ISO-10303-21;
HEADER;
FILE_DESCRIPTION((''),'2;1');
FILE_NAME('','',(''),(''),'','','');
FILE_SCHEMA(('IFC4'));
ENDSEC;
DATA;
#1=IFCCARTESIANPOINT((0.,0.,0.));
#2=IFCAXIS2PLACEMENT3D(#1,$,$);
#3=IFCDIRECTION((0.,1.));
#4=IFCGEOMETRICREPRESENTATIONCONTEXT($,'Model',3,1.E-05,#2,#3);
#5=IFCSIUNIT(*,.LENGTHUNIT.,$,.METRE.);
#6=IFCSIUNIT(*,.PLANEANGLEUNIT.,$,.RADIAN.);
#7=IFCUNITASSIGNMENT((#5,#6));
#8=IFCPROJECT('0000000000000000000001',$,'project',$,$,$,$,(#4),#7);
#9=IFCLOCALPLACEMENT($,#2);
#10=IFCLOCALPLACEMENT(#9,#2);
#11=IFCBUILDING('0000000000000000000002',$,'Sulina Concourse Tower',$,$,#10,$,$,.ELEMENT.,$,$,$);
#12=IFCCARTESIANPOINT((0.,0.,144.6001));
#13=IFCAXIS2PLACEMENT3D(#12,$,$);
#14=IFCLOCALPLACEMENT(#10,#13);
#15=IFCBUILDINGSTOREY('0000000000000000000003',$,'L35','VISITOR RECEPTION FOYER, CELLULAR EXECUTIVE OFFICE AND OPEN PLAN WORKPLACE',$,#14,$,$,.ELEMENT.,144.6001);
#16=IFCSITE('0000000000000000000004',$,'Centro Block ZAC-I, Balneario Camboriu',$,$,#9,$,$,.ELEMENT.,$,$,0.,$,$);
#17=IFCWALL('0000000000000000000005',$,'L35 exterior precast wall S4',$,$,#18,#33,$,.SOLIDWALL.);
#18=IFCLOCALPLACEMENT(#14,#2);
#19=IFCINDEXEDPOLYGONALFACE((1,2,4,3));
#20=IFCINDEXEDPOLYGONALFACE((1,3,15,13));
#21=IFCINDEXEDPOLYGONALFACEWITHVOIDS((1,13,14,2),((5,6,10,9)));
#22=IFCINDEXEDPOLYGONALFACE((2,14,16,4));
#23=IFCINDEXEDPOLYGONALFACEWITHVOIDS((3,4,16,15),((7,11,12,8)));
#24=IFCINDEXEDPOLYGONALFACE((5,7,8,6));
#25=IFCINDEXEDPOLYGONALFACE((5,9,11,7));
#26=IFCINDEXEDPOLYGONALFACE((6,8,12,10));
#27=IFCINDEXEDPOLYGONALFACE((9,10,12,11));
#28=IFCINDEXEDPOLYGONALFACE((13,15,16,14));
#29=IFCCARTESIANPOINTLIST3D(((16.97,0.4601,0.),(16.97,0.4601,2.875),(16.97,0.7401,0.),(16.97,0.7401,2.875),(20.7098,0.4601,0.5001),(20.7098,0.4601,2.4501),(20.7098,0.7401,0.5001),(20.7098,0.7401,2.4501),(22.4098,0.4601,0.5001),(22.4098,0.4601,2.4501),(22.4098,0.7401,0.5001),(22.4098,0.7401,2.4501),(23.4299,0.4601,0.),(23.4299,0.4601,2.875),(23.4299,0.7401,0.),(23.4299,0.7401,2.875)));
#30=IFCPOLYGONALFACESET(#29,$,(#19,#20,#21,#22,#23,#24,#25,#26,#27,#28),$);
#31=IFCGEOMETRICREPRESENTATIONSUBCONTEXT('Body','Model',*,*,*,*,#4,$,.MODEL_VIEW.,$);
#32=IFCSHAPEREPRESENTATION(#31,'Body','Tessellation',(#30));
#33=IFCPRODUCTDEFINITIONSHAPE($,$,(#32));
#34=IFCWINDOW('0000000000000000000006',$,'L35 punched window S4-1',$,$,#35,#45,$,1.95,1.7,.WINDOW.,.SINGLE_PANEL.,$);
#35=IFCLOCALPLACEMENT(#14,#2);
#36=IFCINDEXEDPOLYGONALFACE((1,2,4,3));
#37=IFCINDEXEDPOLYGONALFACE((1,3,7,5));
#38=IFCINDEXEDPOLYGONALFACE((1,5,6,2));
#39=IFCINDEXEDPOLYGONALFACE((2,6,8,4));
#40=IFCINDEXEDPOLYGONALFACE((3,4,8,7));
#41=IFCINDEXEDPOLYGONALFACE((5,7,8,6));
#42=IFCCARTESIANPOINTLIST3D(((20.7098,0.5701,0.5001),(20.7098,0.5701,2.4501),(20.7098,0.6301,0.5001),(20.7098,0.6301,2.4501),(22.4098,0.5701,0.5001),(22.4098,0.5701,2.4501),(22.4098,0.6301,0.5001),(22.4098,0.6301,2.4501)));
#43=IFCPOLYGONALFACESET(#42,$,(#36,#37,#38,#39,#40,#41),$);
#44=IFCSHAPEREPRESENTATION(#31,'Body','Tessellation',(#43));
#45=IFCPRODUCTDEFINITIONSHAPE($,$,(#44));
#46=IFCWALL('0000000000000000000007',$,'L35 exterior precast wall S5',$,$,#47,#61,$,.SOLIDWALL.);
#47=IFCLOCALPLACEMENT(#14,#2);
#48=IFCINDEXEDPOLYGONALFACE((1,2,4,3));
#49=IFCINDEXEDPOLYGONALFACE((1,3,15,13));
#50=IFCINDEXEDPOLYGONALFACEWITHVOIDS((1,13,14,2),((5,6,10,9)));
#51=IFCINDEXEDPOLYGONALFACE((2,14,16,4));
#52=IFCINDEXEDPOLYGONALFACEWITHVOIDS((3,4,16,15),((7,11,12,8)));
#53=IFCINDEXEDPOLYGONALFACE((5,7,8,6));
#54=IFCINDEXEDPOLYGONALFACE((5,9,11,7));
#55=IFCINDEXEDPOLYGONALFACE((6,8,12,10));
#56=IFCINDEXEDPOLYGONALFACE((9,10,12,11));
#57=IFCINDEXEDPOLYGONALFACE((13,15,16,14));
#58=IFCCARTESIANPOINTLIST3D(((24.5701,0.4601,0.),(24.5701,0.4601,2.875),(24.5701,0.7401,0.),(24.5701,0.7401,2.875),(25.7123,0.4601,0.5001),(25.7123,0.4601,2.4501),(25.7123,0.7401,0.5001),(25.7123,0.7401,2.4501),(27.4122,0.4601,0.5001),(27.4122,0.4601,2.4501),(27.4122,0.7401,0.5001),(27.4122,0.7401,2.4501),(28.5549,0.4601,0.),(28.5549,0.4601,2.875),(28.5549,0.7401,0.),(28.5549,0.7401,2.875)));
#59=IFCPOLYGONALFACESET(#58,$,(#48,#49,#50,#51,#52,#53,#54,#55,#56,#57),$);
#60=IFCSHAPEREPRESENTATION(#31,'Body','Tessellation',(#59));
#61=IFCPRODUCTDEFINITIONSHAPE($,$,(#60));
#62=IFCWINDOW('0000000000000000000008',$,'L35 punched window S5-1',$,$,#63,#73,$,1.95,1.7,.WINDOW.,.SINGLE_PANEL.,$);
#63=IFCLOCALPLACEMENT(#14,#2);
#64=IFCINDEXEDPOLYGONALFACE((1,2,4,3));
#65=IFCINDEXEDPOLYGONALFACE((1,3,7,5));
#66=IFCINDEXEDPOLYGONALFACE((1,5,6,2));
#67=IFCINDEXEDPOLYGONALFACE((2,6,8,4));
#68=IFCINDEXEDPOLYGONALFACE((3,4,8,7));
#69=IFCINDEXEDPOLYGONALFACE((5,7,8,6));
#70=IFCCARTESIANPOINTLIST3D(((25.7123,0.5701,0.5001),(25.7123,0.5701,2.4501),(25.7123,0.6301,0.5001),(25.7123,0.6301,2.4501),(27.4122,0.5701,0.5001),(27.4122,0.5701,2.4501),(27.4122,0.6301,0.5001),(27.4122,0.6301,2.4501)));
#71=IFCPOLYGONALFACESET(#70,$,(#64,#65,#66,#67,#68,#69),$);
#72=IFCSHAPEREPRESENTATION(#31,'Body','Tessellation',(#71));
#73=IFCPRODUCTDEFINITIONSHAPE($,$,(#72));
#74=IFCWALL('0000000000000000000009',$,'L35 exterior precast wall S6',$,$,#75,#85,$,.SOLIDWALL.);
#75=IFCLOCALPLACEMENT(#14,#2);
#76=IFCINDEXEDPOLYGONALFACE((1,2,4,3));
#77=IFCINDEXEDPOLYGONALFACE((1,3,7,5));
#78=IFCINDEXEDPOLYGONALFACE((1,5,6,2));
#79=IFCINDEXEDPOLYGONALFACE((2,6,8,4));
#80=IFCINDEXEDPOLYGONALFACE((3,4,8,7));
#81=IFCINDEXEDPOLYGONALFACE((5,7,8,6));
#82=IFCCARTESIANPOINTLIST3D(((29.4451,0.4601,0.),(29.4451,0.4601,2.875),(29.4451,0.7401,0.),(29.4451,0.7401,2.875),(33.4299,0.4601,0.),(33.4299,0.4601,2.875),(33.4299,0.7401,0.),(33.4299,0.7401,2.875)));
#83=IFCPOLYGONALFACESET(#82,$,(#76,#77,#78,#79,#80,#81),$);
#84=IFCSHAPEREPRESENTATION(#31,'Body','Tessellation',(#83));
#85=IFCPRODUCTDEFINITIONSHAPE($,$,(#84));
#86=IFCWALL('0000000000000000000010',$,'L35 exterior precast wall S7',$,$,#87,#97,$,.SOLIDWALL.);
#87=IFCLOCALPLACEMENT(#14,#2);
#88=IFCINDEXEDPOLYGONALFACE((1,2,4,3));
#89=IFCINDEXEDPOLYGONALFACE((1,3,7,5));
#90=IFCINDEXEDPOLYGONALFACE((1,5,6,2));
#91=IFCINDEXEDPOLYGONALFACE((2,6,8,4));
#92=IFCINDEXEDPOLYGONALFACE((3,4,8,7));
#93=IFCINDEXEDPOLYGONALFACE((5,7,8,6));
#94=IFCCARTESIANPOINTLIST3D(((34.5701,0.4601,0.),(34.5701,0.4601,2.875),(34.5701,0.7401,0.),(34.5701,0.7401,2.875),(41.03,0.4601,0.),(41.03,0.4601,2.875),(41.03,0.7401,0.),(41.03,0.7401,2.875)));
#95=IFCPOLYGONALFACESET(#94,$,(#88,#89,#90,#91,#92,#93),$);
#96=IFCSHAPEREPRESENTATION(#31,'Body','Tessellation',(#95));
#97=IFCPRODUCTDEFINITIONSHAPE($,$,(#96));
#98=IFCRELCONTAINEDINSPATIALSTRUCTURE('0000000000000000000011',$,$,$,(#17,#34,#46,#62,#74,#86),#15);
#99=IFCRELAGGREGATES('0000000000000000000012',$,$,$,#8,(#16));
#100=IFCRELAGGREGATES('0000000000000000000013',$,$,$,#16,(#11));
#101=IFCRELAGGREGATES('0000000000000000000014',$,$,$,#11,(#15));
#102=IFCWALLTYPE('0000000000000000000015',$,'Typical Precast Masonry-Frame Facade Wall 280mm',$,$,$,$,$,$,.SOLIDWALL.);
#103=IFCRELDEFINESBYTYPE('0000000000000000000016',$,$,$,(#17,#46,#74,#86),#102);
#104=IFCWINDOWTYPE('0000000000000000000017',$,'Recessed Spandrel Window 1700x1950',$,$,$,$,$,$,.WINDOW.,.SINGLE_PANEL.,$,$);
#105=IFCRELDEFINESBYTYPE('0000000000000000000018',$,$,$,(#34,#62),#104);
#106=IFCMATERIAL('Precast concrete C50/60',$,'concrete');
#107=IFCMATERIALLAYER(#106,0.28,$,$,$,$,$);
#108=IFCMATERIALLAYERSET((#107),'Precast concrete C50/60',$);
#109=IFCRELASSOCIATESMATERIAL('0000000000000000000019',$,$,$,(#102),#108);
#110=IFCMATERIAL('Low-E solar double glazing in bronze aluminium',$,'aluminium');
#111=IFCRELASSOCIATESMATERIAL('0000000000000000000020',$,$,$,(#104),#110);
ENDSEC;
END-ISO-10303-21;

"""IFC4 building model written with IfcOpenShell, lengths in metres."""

from ifc_helpers import new_model, si_unit, direction, frame, frame_2d, origin, place, context, subcontext, project, spatial, rectangle, extrude, material, layer, layer_set, type_object, element, fill, save


model = new_model("IFC4")

# Units and contexts
model_context = context("Model", 3, precision=1e-05, world=origin(), true_north=direction((0.0, 1.0)))
body_context = subcontext(model_context, "Body", "Model", "MODEL_VIEW")
ifc_project = project(units=[si_unit("LENGTHUNIT", "METRE"), si_unit("PLANEANGLEUNIT", "RADIAN")], contexts=[model_context])

# Site, building, storey
site_placement = place(None, origin())
site = spatial("IfcSite", under=ifc_project, at=site_placement, Name="Centro Block ZAC-I, Balneario Camboriu", CompositionType="ELEMENT", RefElevation=0.0)
building_placement = place(site_placement, origin())
building = spatial("IfcBuilding", under=site, at=building_placement, Name="Sulina Concourse Tower", CompositionType="ELEMENT")
storey_placement = place(building_placement, frame((0.0, 0.0, 144.6001)))
storey = spatial("IfcBuildingStorey", under=building, at=storey_placement, Name="L35", Description="VISITOR RECEPTION FOYER, CELLULAR EXECUTIVE OFFICE AND OPEN PLAN WORKPLACE", CompositionType="ELEMENT", Elevation=144.6001)

# Walls, openings, windows
ifc_material_1 = material(Name="Precast concrete C50/60", Category="concrete")
ifc_layer_1 = layer(ifc_material_1, 0.28)
ifc_layer_set_1 = layer_set([ifc_layer_1], Name="Precast concrete C50/60")
wall_type_1 = type_object("IfcWallType", Name="Typical Precast Masonry-Frame Facade Wall 280mm", PredefinedType="SOLIDWALL", material=ifc_layer_set_1)
wall_1_placement = place(storey_placement, frame((23.4299, 0.6001, 0.0), z_axis=(0.0, 0.0, 1.0), x_axis=(-1.0, 0.0, 0.0)))
wall_1 = element("IfcWall", 1, at=wall_1_placement, inside=storey, type_object=wall_type_1, Name="L35 exterior precast wall S4", PredefinedType="SOLIDWALL", context=body_context, shape_type="SweptSolid", body=[
    extrude(rectangle(XDim=6.46, YDim=0.28, at=frame_2d((3.23, 0.0))), origin(), (0.0, 0.0, 1.0), 2.875),
])
opening_1_placement = place(wall_1_placement, frame((1.02, 0.0, 0.5)))
opening_1 = element("IfcOpeningElement", 2, at=opening_1_placement, cuts=wall_1, PredefinedType="OPENING", context=body_context, shape_type="SweptSolid", body=[
    extrude(rectangle(XDim=1.7, YDim=1.95, at=frame_2d((0.8501, 0.9751))), frame((0.0, 0.1499, 0.0), z_axis=(0.0, -1.0, 0.0), x_axis=(1.0, 0.0, 0.0)), (0.0, 0.0, 1.0), 0.3),
])
ifc_material_2 = material(Name="Low-E solar double glazing in bronze aluminium", Category="aluminium")
window_type = type_object("IfcWindowType", Name="Recessed Spandrel Window 1700x1950", PartitioningType="SINGLE_PANEL", PredefinedType="WINDOW", material=ifc_material_2)
window_1_placement = place(opening_1_placement, origin())
window_1 = element("IfcWindow", 3, at=window_1_placement, inside=storey, type_object=window_type, Name="L35 punched window S4-1", OverallHeight=1.95, OverallWidth=1.7, PartitioningType="SINGLE_PANEL", PredefinedType="WINDOW", context=body_context, shape_type="SweptSolid", body=[
    extrude(rectangle(XDim=1.7, YDim=1.95, at=frame_2d((0.8501, 0.9751))), frame((0.0, 0.03, 0.0), z_axis=(0.0, -1.0, 0.0), x_axis=(1.0, 0.0, 0.0)), (0.0, 0.0, 1.0), 0.0601),
])
fill(opening_1, window_1)
wall_2_placement = place(storey_placement, frame((28.5549, 0.6001, 0.0), z_axis=(0.0, 0.0, 1.0), x_axis=(-1.0, 0.0, 0.0)))
wall_2 = element("IfcWall", 4, at=wall_2_placement, inside=storey, type_object=wall_type_1, Name="L35 exterior precast wall S5", PredefinedType="SOLIDWALL", context=body_context, shape_type="SweptSolid", body=[
    extrude(rectangle(XDim=3.9849, YDim=0.28, at=frame_2d((1.9924, 0.0))), origin(), (0.0, 0.0, 1.0), 2.875),
])
opening_2_placement = place(wall_2_placement, frame((1.1426, 0.0, 0.5)))
opening_2 = element("IfcOpeningElement", 5, at=opening_2_placement, cuts=wall_2, PredefinedType="OPENING", context=body_context, shape_type="SweptSolid", body=[
    extrude(rectangle(XDim=1.7, YDim=1.95, at=frame_2d((0.8501, 0.9751))), frame((0.0, 0.1499, 0.0), z_axis=(0.0, -1.0, 0.0), x_axis=(1.0, 0.0, 0.0)), (0.0, 0.0, 1.0), 0.3),
])
window_2_placement = place(opening_2_placement, origin())
window_2 = element("IfcWindow", 6, at=window_2_placement, inside=storey, type_object=window_type, Name="L35 punched window S5-1", OverallHeight=1.95, OverallWidth=1.7, PartitioningType="SINGLE_PANEL", PredefinedType="WINDOW", context=body_context, shape_type="SweptSolid", body=[
    extrude(rectangle(XDim=1.7, YDim=1.95, at=frame_2d((0.8501, 0.9751))), frame((0.0, 0.03, 0.0), z_axis=(0.0, -1.0, 0.0), x_axis=(1.0, 0.0, 0.0)), (0.0, 0.0, 1.0), 0.0601),
])
fill(opening_2, window_2)

# Walls
wall_3_placement = place(storey_placement, frame((33.4299, 0.6001, 0.0), z_axis=(0.0, 0.0, 1.0), x_axis=(-1.0, 0.0, 0.0)))
element("IfcWall", 7, at=wall_3_placement, inside=storey, type_object=wall_type_1, Name="L35 exterior precast wall S6", PredefinedType="SOLIDWALL", context=body_context, shape_type="SweptSolid", body=[
    extrude(rectangle(XDim=3.9849, YDim=0.28, at=frame_2d((1.9924, 0.0))), origin(), (0.0, 0.0, 1.0), 2.875),
])
wall_4_placement = place(storey_placement, frame((41.03, 0.6001, 0.0), z_axis=(0.0, 0.0, 1.0), x_axis=(-1.0, 0.0, 0.0)))
element("IfcWall", 8, at=wall_4_placement, inside=storey, type_object=wall_type_1, Name="L35 exterior precast wall S7", PredefinedType="SOLIDWALL", context=body_context, shape_type="SweptSolid", body=[
    extrude(rectangle(XDim=6.46, YDim=0.28, at=frame_2d((3.23, 0.0))), origin(), (0.0, 0.0, 1.0), 2.875),
])

save(model, "model.ifc")
